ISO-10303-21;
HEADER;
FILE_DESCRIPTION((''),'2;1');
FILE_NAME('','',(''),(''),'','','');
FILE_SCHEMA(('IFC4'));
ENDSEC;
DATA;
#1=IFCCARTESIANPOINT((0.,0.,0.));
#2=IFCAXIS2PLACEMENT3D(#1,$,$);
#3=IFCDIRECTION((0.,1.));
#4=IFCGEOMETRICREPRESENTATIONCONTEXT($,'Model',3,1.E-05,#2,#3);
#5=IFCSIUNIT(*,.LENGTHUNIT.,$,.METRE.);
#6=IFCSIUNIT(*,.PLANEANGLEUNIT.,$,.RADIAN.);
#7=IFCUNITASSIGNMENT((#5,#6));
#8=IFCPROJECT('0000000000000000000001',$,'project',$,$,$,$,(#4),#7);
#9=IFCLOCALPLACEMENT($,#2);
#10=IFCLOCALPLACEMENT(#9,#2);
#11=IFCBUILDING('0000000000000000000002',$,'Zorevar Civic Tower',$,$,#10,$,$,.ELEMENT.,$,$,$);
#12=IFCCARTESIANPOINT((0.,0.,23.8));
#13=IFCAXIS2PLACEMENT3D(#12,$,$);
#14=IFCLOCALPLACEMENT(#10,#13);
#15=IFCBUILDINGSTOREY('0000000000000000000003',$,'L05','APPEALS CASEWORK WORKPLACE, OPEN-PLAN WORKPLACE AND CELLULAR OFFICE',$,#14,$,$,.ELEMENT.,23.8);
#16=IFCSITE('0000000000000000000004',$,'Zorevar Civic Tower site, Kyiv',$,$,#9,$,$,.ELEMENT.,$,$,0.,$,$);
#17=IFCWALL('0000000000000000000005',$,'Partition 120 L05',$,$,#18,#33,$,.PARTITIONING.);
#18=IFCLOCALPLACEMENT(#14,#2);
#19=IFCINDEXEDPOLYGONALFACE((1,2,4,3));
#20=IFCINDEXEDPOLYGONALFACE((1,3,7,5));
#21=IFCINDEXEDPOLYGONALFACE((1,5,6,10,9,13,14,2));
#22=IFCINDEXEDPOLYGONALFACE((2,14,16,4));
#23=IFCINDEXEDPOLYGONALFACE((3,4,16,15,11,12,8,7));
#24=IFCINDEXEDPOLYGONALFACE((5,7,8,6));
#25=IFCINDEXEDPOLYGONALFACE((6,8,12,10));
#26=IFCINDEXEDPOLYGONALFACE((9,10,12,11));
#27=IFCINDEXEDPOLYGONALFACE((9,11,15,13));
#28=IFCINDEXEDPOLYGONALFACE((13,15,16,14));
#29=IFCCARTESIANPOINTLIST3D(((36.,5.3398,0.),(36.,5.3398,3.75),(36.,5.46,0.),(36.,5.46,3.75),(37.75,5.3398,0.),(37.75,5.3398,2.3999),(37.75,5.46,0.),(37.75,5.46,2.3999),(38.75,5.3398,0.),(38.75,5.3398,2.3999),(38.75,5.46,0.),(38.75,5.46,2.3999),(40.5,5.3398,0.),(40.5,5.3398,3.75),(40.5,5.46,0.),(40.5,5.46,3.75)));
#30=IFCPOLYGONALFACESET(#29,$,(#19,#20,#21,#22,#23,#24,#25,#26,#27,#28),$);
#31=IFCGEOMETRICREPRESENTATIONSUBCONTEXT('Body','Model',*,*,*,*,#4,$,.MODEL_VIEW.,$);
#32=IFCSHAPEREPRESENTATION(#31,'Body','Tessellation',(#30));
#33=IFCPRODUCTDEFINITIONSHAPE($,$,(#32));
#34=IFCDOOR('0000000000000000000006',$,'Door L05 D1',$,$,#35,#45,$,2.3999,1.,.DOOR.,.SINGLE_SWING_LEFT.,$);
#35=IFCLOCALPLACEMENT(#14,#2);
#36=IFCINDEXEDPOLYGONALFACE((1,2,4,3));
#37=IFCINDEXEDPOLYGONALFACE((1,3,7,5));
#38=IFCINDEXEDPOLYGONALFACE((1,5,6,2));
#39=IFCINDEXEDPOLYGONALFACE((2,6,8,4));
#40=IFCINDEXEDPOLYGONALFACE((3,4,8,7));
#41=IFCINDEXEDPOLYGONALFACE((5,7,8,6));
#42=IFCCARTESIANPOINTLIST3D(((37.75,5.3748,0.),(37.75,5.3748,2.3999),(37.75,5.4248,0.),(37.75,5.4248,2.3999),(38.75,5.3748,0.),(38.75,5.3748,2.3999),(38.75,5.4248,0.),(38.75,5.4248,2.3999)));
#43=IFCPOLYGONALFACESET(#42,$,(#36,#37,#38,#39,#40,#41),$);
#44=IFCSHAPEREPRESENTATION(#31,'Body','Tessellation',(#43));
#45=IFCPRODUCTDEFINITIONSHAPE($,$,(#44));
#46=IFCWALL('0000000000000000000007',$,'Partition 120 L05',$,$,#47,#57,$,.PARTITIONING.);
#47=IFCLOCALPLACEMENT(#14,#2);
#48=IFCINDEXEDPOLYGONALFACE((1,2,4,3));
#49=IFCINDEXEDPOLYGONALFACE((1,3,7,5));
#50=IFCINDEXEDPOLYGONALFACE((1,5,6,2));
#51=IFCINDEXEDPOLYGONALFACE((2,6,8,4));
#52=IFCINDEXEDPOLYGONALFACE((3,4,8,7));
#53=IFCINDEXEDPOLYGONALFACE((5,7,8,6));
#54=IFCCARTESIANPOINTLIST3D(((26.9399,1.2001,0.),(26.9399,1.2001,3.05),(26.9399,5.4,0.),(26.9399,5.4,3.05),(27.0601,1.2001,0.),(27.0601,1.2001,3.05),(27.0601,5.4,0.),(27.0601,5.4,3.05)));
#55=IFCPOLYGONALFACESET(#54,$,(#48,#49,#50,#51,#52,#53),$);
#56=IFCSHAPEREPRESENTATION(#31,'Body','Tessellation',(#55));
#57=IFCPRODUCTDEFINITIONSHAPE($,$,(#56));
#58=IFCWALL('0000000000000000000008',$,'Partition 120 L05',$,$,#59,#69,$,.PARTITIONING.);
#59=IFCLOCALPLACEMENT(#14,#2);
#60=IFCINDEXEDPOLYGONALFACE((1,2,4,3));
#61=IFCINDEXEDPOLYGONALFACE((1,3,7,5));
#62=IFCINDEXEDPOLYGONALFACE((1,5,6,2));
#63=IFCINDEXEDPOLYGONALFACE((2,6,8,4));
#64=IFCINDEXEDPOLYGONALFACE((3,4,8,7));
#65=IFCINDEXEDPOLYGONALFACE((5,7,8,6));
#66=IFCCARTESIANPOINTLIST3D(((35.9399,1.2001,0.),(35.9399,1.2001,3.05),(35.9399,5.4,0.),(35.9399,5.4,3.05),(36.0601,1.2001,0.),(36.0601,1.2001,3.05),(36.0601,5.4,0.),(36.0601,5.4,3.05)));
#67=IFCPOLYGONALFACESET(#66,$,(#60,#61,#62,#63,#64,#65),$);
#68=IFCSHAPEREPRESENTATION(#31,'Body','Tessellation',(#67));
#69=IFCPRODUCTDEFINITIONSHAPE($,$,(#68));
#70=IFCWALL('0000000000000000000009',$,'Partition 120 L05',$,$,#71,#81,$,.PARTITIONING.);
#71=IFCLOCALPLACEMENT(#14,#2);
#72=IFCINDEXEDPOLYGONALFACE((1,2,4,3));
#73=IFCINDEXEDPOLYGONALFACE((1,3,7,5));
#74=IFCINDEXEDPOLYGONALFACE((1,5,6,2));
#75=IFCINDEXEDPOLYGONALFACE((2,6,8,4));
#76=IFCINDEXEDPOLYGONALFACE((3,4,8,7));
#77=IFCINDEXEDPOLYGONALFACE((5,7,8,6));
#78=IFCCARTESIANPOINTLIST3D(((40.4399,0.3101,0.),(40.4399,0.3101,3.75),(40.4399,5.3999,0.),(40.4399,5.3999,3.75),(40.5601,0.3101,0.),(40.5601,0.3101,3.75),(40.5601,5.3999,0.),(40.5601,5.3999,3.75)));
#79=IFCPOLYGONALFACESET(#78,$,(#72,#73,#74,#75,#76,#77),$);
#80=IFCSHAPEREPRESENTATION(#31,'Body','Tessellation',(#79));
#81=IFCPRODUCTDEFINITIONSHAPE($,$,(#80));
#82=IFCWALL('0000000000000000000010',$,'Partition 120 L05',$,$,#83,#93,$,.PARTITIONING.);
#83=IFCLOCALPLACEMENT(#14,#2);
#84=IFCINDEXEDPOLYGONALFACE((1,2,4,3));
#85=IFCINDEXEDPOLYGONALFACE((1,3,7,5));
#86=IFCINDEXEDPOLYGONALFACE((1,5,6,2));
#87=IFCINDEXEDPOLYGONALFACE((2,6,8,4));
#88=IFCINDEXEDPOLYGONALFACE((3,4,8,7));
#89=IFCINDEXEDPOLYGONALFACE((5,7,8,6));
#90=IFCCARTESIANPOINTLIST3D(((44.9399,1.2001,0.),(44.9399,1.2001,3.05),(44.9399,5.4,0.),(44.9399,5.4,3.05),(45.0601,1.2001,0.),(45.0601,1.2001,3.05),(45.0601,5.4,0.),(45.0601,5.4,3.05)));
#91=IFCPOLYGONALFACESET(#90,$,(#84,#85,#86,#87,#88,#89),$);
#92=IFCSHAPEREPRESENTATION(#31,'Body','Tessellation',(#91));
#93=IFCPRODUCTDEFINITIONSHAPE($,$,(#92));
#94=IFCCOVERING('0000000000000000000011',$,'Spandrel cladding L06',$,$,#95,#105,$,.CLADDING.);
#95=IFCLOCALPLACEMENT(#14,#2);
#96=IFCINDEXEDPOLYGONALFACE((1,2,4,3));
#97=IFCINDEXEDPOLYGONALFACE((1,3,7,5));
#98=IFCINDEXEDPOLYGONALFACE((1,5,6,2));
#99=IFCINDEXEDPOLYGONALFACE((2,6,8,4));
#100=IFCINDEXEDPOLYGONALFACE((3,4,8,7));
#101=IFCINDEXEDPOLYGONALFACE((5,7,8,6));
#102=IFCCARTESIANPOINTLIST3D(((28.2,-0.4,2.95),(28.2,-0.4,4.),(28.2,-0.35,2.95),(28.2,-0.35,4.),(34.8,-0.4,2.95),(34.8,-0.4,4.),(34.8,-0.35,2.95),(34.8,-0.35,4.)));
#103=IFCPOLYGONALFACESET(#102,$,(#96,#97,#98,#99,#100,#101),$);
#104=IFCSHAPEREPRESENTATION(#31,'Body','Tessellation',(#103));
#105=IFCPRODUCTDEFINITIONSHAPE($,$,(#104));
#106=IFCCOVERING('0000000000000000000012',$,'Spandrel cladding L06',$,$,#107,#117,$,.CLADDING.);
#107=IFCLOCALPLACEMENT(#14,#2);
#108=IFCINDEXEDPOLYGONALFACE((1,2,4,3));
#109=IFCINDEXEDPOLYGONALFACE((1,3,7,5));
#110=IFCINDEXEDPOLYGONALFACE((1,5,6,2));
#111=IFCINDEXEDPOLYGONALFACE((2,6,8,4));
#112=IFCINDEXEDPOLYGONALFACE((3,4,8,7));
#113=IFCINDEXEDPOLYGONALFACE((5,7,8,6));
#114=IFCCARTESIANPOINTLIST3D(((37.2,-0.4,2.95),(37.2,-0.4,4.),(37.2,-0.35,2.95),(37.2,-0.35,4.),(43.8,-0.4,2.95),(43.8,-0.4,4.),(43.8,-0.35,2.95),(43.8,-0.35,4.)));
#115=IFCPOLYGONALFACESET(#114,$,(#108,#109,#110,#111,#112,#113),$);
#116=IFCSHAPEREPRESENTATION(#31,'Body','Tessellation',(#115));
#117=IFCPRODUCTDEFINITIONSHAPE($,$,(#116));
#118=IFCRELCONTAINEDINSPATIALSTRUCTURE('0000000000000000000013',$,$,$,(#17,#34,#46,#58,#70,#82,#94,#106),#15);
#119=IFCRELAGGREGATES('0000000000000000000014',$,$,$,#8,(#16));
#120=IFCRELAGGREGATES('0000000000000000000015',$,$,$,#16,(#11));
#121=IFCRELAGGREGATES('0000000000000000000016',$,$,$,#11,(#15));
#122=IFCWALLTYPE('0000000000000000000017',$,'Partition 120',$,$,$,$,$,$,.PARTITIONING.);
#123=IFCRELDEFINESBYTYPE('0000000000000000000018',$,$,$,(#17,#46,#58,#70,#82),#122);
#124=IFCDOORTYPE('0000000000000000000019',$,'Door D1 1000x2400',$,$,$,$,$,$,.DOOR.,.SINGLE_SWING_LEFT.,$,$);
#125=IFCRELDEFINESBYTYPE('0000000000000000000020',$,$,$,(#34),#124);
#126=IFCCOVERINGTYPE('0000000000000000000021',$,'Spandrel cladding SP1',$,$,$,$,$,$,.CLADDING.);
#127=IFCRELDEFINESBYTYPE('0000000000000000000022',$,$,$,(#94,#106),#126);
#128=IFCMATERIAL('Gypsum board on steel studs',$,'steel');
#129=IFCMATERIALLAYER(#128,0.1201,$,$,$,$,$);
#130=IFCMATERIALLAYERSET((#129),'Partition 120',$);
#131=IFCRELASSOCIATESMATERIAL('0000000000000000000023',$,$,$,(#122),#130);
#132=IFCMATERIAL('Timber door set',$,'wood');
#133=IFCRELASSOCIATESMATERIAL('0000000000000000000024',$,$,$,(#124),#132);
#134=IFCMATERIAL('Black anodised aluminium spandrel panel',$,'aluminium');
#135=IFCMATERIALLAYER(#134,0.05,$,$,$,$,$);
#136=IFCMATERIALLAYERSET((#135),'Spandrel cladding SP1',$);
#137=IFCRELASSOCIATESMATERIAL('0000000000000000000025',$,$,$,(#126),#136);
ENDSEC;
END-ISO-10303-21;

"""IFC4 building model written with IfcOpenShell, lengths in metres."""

from ifc_helpers import new_model, si_unit, direction, frame, frame_2d, origin, place, context, subcontext, project, spatial, rectangle, extrude, material, layer, layer_set, type_object, element, fill, save


model = new_model("IFC4")

# Units and contexts
model_context = context("Model", 3, precision=1e-05, world=origin(), true_north=direction((0.0, 1.0)))
body_context = subcontext(model_context, "Body", "Model", "MODEL_VIEW")
ifc_project = project(units=[si_unit("LENGTHUNIT", "METRE"), si_unit("PLANEANGLEUNIT", "RADIAN")], contexts=[model_context])

# Site, building, storey
site_placement = place(None, origin())
site = spatial("IfcSite", under=ifc_project, at=site_placement, Name="Zorevar Civic Tower site, Kyiv", CompositionType="ELEMENT", RefElevation=0.0)
building_placement = place(site_placement, origin())
building = spatial("IfcBuilding", under=site, at=building_placement, Name="Zorevar Civic Tower", CompositionType="ELEMENT")
storey_placement = place(building_placement, frame((0.0, 0.0, 23.8)))
storey = spatial("IfcBuildingStorey", under=building, at=storey_placement, Name="L05", Description="APPEALS CASEWORK WORKPLACE, OPEN-PLAN WORKPLACE AND CELLULAR OFFICE", CompositionType="ELEMENT", Elevation=23.8)

# Wall, opening, door
ifc_material_1 = material(Name="Gypsum board on steel studs", Category="steel")
ifc_layer_1 = layer(ifc_material_1, 0.1201)
ifc_layer_set_1 = layer_set([ifc_layer_1], Name="Partition 120")
wall_type = type_object("IfcWallType", Name="Partition 120", PredefinedType="PARTITIONING", material=ifc_layer_set_1)
wall_1_placement = place(storey_placement, frame((36.0, 5.3999, 0.0), z_axis=(0.0, 0.0, 1.0), x_axis=(1.0, 0.0, 0.0)))
wall_1 = element("IfcWall", 1, at=wall_1_placement, inside=storey, type_object=wall_type, Name="Partition 120 L05", PredefinedType="PARTITIONING", context=body_context, shape_type="SweptSolid", body=[
    extrude(rectangle(XDim=4.5, YDim=0.1201, at=frame_2d((2.25, 0.0))), origin(), (0.0, 0.0, 1.0), 3.75),
])
opening_1_placement = place(wall_1_placement, frame((1.75, 0.0, 0.0)))
opening_1 = element("IfcOpeningElement", 2, at=opening_1_placement, cuts=wall_1, PredefinedType="OPENING", context=body_context, shape_type="SweptSolid", body=[
    extrude(rectangle(XDim=1.0, YDim=2.3999, at=frame_2d((0.5, 1.2))), frame((0.0, 0.0701, 0.0), z_axis=(0.0, -1.0, 0.0), x_axis=(1.0, 0.0, 0.0)), (0.0, 0.0, 1.0), 0.1401),
])
ifc_material_2 = material(Name="Timber door set", Category="wood")
door_type_1 = type_object("IfcDoorType", Name="Door D1 1000x2400", OperationType="SINGLE_SWING_LEFT", PredefinedType="DOOR", material=ifc_material_2)
door_1_placement = place(opening_1_placement, origin())
door_1 = element("IfcDoor", 3, at=door_1_placement, inside=storey, type_object=door_type_1, Name="Door L05 D1", OperationType="SINGLE_SWING_LEFT", OverallHeight=2.3999, OverallWidth=1.0, PredefinedType="DOOR", context=body_context, shape_type="SweptSolid", body=[
    extrude(rectangle(XDim=1.0, YDim=2.3999, at=frame_2d((0.5, 1.2))), frame((0.0, 0.0249, 0.0), z_axis=(0.0, -1.0, 0.0), x_axis=(1.0, 0.0, 0.0)), (0.0, 0.0, 1.0), 0.05),
])
fill(opening_1, door_1)

# Walls
for number, where, z_axis, x_axis, name in (
    (4, (27.0, 1.2, 0.0), (0.0, 0.0, 1.0), (0.0, 1.0, 0.0), "Partition 120 L05"),
    (5, (36.0, 1.2, 0.0), (0.0, 0.0, 1.0), (0.0, 1.0, 0.0), "Partition 120 L05"),
):
    element("IfcWall", number, at=place(storey_placement, frame(where, z_axis=z_axis, x_axis=x_axis)), inside=storey, type_object=wall_type, Name=name, PredefinedType="PARTITIONING", context=body_context, shape_type="SweptSolid", body=[
        extrude(rectangle(XDim=4.2, YDim=0.1201, at=frame_2d((2.1001, 0.0))), origin(), (0.0, 0.0, 1.0), 3.05),
    ])
wall_2_placement = place(storey_placement, frame((40.5, 0.3101, 0.0), z_axis=(0.0, 0.0, 1.0), x_axis=(0.0, 1.0, 0.0)))
element("IfcWall", 6, at=wall_2_placement, inside=storey, type_object=wall_type, Name="Partition 120 L05", PredefinedType="PARTITIONING", context=body_context, shape_type="SweptSolid", body=[
    extrude(rectangle(XDim=5.0898, YDim=0.1201, at=frame_2d((2.5449, 0.0))), origin(), (0.0, 0.0, 1.0), 3.75),
])
wall_3_placement = place(storey_placement, frame((45.0, 1.2, 0.0), z_axis=(0.0, 0.0, 1.0), x_axis=(0.0, 1.0, 0.0)))
element("IfcWall", 7, at=wall_3_placement, inside=storey, type_object=wall_type, Name="Partition 120 L05", PredefinedType="PARTITIONING", context=body_context, shape_type="SweptSolid", body=[
    extrude(rectangle(XDim=4.2, YDim=0.1201, at=frame_2d((2.1001, 0.0))), origin(), (0.0, 0.0, 1.0), 3.05),
])

# Coverings
ifc_material_3 = material(Name="Black anodised aluminium spandrel panel", Category="aluminium")
ifc_layer_2 = layer(ifc_material_3, 0.05)
ifc_layer_set_2 = layer_set([ifc_layer_2], Name="Spandrel cladding SP1")
covering_type = type_object("IfcCoveringType", Name="Spandrel cladding SP1", PredefinedType="CLADDING", material=ifc_layer_set_2)
for number, where, z_axis, x_axis, name in (
    (8, (28.2, -0.375, 2.95), (0.0, 0.0, 1.0), (1.0, 0.0, 0.0), "Spandrel cladding L06"),
    (9, (37.2, -0.375, 2.95), (0.0, 0.0, 1.0), (1.0, 0.0, 0.0), "Spandrel cladding L06"),
):
    element("IfcCovering", number, at=place(storey_placement, frame(where, z_axis=z_axis, x_axis=x_axis)), inside=storey, type_object=covering_type, Name=name, PredefinedType="CLADDING", context=body_context, shape_type="SweptSolid", body=[
        extrude(rectangle(XDim=6.6001, YDim=0.05, at=frame_2d((3.3, 0.0))), origin(), (0.0, 0.0, 1.0), 1.05),
    ])

save(model, "model.ifc")
